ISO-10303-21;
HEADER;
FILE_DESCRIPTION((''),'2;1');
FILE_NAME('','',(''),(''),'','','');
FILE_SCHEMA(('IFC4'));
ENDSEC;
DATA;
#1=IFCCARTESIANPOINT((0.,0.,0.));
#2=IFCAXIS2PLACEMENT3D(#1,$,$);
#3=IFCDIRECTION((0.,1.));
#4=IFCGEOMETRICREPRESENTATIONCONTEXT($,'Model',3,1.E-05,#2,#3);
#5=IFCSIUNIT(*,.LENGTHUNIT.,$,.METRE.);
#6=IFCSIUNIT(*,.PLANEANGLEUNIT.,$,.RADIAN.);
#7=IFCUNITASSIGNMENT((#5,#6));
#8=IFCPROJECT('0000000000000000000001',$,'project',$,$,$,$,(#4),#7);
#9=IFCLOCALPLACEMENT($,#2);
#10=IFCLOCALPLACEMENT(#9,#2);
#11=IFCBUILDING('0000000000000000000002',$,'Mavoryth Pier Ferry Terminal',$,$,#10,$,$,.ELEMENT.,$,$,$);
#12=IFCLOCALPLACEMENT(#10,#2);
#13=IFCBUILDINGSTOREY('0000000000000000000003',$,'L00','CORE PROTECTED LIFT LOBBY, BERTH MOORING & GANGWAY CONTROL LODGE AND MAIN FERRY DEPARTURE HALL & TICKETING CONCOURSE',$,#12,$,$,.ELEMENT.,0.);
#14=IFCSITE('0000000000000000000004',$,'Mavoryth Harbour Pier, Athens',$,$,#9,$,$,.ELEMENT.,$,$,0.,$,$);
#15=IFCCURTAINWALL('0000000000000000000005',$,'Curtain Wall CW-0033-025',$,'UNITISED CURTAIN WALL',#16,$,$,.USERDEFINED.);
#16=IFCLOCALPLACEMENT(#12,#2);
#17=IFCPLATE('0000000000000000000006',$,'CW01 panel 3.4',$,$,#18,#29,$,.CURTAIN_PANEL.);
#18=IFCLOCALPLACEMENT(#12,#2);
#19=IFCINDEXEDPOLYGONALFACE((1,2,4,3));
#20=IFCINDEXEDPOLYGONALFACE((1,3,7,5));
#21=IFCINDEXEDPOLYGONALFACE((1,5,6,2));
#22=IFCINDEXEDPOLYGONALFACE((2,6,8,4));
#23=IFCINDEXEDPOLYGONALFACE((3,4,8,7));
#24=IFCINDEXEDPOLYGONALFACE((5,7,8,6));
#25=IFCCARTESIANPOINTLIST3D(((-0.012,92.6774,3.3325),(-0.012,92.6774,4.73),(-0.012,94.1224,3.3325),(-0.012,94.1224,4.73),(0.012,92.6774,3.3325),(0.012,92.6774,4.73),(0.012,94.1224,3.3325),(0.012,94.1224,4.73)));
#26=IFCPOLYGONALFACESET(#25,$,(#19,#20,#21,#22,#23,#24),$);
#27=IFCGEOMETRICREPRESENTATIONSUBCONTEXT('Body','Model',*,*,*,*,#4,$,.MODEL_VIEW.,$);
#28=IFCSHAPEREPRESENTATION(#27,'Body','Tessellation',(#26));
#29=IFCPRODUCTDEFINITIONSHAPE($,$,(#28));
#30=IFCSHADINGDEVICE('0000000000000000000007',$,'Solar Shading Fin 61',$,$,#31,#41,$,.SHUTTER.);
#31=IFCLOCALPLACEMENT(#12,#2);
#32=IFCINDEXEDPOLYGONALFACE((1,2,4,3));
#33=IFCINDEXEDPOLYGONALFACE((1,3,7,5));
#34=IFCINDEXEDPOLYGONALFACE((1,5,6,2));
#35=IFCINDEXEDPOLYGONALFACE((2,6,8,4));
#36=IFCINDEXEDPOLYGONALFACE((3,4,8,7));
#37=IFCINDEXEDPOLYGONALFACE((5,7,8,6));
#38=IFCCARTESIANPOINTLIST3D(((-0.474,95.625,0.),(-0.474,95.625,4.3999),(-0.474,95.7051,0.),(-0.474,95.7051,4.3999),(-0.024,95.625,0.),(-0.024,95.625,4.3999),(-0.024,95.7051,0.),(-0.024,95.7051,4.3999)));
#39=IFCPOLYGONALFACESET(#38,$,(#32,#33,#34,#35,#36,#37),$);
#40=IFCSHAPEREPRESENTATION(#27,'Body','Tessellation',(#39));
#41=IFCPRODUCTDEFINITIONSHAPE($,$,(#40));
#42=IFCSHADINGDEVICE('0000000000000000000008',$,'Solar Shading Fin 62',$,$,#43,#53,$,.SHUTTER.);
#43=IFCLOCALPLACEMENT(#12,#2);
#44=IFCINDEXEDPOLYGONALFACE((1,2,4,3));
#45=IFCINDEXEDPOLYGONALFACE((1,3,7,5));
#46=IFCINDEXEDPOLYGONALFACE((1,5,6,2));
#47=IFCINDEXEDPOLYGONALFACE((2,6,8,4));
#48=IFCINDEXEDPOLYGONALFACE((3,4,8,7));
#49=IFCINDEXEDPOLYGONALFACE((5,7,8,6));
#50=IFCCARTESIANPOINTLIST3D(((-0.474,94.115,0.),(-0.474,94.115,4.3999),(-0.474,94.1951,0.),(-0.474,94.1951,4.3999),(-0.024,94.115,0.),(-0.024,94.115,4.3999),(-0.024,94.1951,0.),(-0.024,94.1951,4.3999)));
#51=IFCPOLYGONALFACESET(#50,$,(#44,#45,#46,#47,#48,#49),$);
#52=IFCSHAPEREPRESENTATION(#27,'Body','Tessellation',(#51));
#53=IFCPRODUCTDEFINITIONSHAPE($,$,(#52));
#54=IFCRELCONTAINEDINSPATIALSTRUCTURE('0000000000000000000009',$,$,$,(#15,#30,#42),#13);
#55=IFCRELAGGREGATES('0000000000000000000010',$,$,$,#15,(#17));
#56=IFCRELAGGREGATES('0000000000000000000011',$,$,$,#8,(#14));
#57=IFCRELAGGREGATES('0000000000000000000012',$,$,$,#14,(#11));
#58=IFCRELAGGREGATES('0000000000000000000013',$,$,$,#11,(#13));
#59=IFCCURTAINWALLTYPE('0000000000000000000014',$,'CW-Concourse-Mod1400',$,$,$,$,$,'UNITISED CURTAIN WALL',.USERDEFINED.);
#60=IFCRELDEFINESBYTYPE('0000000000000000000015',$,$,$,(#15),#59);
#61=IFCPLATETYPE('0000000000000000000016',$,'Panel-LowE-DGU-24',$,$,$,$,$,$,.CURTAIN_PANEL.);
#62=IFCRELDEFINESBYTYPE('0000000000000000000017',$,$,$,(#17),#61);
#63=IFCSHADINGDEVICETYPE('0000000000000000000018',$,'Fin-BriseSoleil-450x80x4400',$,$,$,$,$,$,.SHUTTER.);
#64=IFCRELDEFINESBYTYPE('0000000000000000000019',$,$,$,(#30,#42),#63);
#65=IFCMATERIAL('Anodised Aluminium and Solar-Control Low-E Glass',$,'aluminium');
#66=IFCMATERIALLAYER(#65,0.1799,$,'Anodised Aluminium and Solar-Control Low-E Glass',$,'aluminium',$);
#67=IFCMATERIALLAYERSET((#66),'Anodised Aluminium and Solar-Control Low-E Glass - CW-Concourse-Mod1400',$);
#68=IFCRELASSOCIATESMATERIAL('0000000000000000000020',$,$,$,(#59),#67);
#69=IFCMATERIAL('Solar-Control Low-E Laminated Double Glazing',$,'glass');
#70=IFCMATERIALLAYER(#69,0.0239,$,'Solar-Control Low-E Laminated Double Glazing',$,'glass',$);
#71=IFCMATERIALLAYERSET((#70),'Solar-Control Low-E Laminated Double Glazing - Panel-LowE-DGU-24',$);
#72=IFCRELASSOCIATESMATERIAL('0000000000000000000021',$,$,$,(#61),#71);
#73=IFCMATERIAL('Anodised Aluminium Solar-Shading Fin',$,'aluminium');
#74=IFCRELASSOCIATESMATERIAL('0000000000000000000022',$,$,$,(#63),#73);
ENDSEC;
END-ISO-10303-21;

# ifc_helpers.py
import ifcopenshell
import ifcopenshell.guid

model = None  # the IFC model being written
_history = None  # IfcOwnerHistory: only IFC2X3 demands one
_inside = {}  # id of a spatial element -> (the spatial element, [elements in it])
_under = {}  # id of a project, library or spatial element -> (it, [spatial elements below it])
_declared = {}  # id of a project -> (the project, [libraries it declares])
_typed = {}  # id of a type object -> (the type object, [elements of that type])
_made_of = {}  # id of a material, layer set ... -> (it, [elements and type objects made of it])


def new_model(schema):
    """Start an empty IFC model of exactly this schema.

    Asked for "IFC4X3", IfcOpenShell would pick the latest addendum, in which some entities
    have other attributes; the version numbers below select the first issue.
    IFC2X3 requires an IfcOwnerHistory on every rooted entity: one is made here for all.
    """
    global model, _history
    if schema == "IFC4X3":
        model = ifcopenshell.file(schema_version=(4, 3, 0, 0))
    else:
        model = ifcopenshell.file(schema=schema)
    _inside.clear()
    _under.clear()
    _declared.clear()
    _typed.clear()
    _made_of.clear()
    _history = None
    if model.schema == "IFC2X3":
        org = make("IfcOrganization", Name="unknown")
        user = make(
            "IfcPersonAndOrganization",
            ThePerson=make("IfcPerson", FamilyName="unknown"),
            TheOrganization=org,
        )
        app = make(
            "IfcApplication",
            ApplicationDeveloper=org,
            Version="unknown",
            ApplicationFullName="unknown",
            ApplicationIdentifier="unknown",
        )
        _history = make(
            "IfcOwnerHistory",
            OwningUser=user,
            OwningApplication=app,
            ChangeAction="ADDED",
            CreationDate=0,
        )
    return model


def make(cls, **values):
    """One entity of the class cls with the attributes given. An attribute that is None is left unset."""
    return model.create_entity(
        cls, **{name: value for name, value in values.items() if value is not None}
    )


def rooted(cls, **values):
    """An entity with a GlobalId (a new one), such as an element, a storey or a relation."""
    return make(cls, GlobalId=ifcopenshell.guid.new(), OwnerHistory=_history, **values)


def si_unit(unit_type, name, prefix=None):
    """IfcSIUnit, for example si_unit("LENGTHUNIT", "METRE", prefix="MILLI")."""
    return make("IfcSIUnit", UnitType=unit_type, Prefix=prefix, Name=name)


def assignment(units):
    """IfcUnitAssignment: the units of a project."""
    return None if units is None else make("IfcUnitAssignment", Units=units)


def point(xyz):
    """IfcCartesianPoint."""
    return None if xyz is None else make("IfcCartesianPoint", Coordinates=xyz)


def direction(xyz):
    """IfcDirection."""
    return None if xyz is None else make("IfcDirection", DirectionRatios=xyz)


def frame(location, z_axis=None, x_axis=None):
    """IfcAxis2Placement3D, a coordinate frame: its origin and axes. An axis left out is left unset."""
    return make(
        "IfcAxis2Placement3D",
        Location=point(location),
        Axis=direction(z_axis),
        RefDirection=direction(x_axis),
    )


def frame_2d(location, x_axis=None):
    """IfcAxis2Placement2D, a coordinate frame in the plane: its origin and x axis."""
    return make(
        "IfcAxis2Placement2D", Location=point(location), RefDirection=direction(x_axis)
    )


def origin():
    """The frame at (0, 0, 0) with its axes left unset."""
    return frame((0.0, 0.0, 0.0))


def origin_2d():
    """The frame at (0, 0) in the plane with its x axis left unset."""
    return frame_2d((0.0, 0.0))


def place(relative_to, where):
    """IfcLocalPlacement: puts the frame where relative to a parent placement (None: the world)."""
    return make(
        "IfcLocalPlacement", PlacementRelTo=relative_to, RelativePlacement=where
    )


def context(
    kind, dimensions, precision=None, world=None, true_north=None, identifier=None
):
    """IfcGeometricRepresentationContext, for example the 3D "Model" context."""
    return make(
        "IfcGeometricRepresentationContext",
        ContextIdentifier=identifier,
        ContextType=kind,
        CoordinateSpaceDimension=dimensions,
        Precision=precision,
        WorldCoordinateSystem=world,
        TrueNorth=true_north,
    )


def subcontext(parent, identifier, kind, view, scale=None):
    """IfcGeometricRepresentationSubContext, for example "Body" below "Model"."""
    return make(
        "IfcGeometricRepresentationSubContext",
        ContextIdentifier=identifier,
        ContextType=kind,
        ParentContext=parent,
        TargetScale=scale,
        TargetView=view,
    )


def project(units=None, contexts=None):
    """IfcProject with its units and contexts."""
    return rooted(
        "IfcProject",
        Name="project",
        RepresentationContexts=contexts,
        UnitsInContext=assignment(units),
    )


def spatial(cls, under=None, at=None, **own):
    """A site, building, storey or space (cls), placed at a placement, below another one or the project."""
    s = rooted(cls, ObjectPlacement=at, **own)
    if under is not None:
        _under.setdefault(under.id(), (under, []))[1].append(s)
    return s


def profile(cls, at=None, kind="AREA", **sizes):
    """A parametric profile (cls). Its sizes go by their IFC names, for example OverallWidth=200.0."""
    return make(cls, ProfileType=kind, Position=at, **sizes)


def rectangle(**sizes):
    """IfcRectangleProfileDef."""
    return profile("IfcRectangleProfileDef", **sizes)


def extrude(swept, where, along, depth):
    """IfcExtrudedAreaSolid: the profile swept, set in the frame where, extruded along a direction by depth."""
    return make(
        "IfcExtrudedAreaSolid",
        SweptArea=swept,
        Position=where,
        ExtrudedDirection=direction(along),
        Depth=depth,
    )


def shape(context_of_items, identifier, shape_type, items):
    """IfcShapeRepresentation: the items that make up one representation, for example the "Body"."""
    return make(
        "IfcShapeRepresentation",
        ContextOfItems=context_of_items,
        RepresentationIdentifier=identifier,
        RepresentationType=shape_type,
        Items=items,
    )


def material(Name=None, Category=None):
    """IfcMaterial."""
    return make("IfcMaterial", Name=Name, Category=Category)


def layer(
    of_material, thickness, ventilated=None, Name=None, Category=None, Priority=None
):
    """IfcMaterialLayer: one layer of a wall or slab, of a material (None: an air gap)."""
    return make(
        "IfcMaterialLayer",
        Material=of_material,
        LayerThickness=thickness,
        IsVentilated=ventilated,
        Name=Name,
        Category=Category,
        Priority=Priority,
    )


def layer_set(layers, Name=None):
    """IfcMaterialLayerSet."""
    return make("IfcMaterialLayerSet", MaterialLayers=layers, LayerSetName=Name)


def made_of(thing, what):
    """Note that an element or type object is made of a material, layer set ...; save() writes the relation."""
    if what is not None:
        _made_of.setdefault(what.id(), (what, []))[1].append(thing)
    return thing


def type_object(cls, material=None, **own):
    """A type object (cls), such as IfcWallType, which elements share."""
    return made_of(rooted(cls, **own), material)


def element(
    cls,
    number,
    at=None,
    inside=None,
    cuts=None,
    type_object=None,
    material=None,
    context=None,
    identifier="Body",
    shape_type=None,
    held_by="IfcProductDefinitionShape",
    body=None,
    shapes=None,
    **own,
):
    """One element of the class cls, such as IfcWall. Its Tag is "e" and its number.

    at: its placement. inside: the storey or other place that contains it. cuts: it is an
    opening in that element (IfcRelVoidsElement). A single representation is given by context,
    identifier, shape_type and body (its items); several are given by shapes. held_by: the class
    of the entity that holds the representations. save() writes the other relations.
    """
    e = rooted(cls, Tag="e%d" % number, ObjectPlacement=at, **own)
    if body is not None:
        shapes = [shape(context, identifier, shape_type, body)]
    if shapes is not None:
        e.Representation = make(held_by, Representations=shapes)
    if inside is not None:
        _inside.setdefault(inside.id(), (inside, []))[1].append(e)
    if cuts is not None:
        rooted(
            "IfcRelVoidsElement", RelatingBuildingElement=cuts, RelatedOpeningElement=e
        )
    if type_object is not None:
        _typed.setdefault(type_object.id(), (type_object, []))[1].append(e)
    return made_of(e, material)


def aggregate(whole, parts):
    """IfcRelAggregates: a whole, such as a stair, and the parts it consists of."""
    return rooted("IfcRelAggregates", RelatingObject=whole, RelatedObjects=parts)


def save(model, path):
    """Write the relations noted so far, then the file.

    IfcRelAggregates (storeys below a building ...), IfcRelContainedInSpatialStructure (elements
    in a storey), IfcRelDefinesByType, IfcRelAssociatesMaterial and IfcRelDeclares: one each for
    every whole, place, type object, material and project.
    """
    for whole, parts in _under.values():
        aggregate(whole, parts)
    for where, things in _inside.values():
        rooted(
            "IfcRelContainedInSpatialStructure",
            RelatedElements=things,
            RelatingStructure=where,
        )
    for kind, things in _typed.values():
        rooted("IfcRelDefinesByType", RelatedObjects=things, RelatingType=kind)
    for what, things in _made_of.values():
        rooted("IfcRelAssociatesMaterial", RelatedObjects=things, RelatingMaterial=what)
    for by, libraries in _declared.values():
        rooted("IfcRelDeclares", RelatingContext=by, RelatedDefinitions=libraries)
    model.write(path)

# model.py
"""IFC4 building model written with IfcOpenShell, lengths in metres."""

from ifc_helpers import new_model, si_unit, direction, frame, origin, origin_2d, place, context, subcontext, project, spatial, rectangle, extrude, material, layer, layer_set, type_object, element, aggregate, save


model = new_model("IFC4")

# Units and contexts
model_context = context("Model", 3, precision=1e-05, world=origin(), true_north=direction((0.0, 1.0)))
body_context = subcontext(model_context, "Body", "Model", "MODEL_VIEW")
ifc_project = project(units=[si_unit("LENGTHUNIT", "METRE"), si_unit("PLANEANGLEUNIT", "RADIAN")], contexts=[model_context])

# Site, building, storey
site_placement = place(None, origin())
site = spatial("IfcSite", under=ifc_project, at=site_placement, Name="Mavoryth Harbour Pier, Athens", CompositionType="ELEMENT", RefElevation=0.0)
building_placement = place(site_placement, origin())
building = spatial("IfcBuilding", under=site, at=building_placement, Name="Mavoryth Pier Ferry Terminal", CompositionType="ELEMENT")
storey_placement = place(building_placement, origin())
storey = spatial("IfcBuildingStorey", under=building, at=storey_placement, Name="L00", Description="CORE PROTECTED LIFT LOBBY, BERTH MOORING & GANGWAY CONTROL LODGE AND MAIN FERRY DEPARTURE HALL & TICKETING CONCOURSE", CompositionType="ELEMENT", Elevation=0.0)

# Curtain wall, plate
ifc_material_1 = material(Name="Anodised Aluminium and Solar-Control Low-E Glass", Category="aluminium")
ifc_layer_1 = layer(ifc_material_1, 0.1799, Name="Anodised Aluminium and Solar-Control Low-E Glass", Category="aluminium")
ifc_layer_set_1 = layer_set([ifc_layer_1], Name="Anodised Aluminium and Solar-Control Low-E Glass - CW-Concourse-Mod1400")
curtain_wall_type = type_object("IfcCurtainWallType", Name="CW-Concourse-Mod1400", ElementType="UNITISED CURTAIN WALL", PredefinedType="USERDEFINED", material=ifc_layer_set_1)
curtain_wall_placement = place(storey_placement, origin())
curtain_wall = element("IfcCurtainWall", 1, at=curtain_wall_placement, inside=storey, type_object=curtain_wall_type, Name="Curtain Wall CW-0033-025", ObjectType="UNITISED CURTAIN WALL", PredefinedType="USERDEFINED")
ifc_material_2 = material(Name="Solar-Control Low-E Laminated Double Glazing", Category="glass")
ifc_layer_2 = layer(ifc_material_2, 0.0239, Name="Solar-Control Low-E Laminated Double Glazing", Category="glass")
ifc_layer_set_2 = layer_set([ifc_layer_2], Name="Solar-Control Low-E Laminated Double Glazing - Panel-LowE-DGU-24")
plate_type = type_object("IfcPlateType", Name="Panel-LowE-DGU-24", PredefinedType="CURTAIN_PANEL", material=ifc_layer_set_2)
plate_1_placement = place(storey_placement, frame((0.0, 93.3999, 3.3325), z_axis=(0.0, 0.0, 1.0), x_axis=(0.0, -1.0, 0.0)))
plate_1 = element("IfcPlate", 2, at=plate_1_placement, type_object=plate_type, Name="CW01 panel 3.4", PredefinedType="CURTAIN_PANEL", context=body_context, shape_type="SweptSolid", body=[
    extrude(rectangle(XDim=1.4451, YDim=0.0239, at=origin_2d()), origin(), (0.0, 0.0, 1.0), 1.3975),
])
aggregate(curtain_wall, [plate_1])

# Shading devices
ifc_material_3 = material(Name="Anodised Aluminium Solar-Shading Fin", Category="aluminium")
shading_device_type = type_object("IfcShadingDeviceType", Name="Fin-BriseSoleil-450x80x4400", PredefinedType="SHUTTER", material=ifc_material_3)
for number, where, z_axis, x_axis, name in (
    (3, (-0.249, 95.665, 0.0), (0.0, 0.0, 1.0), (0.0, -1.0, 0.0), "Solar Shading Fin 61"),
    (4, (-0.249, 94.155, 0.0), (0.0, 0.0, 1.0), (0.0, -1.0, 0.0), "Solar Shading Fin 62"),
):
    element("IfcShadingDevice", number, at=place(storey_placement, frame(where, z_axis=z_axis, x_axis=x_axis)), inside=storey, type_object=shading_device_type, Name=name, PredefinedType="SHUTTER", context=body_context, shape_type="SweptSolid", body=[
        extrude(rectangle(XDim=0.0801, YDim=0.45, at=origin_2d()), origin(), (0.0, 0.0, 1.0), 4.3999),
    ])

save(model, "model.ifc")
